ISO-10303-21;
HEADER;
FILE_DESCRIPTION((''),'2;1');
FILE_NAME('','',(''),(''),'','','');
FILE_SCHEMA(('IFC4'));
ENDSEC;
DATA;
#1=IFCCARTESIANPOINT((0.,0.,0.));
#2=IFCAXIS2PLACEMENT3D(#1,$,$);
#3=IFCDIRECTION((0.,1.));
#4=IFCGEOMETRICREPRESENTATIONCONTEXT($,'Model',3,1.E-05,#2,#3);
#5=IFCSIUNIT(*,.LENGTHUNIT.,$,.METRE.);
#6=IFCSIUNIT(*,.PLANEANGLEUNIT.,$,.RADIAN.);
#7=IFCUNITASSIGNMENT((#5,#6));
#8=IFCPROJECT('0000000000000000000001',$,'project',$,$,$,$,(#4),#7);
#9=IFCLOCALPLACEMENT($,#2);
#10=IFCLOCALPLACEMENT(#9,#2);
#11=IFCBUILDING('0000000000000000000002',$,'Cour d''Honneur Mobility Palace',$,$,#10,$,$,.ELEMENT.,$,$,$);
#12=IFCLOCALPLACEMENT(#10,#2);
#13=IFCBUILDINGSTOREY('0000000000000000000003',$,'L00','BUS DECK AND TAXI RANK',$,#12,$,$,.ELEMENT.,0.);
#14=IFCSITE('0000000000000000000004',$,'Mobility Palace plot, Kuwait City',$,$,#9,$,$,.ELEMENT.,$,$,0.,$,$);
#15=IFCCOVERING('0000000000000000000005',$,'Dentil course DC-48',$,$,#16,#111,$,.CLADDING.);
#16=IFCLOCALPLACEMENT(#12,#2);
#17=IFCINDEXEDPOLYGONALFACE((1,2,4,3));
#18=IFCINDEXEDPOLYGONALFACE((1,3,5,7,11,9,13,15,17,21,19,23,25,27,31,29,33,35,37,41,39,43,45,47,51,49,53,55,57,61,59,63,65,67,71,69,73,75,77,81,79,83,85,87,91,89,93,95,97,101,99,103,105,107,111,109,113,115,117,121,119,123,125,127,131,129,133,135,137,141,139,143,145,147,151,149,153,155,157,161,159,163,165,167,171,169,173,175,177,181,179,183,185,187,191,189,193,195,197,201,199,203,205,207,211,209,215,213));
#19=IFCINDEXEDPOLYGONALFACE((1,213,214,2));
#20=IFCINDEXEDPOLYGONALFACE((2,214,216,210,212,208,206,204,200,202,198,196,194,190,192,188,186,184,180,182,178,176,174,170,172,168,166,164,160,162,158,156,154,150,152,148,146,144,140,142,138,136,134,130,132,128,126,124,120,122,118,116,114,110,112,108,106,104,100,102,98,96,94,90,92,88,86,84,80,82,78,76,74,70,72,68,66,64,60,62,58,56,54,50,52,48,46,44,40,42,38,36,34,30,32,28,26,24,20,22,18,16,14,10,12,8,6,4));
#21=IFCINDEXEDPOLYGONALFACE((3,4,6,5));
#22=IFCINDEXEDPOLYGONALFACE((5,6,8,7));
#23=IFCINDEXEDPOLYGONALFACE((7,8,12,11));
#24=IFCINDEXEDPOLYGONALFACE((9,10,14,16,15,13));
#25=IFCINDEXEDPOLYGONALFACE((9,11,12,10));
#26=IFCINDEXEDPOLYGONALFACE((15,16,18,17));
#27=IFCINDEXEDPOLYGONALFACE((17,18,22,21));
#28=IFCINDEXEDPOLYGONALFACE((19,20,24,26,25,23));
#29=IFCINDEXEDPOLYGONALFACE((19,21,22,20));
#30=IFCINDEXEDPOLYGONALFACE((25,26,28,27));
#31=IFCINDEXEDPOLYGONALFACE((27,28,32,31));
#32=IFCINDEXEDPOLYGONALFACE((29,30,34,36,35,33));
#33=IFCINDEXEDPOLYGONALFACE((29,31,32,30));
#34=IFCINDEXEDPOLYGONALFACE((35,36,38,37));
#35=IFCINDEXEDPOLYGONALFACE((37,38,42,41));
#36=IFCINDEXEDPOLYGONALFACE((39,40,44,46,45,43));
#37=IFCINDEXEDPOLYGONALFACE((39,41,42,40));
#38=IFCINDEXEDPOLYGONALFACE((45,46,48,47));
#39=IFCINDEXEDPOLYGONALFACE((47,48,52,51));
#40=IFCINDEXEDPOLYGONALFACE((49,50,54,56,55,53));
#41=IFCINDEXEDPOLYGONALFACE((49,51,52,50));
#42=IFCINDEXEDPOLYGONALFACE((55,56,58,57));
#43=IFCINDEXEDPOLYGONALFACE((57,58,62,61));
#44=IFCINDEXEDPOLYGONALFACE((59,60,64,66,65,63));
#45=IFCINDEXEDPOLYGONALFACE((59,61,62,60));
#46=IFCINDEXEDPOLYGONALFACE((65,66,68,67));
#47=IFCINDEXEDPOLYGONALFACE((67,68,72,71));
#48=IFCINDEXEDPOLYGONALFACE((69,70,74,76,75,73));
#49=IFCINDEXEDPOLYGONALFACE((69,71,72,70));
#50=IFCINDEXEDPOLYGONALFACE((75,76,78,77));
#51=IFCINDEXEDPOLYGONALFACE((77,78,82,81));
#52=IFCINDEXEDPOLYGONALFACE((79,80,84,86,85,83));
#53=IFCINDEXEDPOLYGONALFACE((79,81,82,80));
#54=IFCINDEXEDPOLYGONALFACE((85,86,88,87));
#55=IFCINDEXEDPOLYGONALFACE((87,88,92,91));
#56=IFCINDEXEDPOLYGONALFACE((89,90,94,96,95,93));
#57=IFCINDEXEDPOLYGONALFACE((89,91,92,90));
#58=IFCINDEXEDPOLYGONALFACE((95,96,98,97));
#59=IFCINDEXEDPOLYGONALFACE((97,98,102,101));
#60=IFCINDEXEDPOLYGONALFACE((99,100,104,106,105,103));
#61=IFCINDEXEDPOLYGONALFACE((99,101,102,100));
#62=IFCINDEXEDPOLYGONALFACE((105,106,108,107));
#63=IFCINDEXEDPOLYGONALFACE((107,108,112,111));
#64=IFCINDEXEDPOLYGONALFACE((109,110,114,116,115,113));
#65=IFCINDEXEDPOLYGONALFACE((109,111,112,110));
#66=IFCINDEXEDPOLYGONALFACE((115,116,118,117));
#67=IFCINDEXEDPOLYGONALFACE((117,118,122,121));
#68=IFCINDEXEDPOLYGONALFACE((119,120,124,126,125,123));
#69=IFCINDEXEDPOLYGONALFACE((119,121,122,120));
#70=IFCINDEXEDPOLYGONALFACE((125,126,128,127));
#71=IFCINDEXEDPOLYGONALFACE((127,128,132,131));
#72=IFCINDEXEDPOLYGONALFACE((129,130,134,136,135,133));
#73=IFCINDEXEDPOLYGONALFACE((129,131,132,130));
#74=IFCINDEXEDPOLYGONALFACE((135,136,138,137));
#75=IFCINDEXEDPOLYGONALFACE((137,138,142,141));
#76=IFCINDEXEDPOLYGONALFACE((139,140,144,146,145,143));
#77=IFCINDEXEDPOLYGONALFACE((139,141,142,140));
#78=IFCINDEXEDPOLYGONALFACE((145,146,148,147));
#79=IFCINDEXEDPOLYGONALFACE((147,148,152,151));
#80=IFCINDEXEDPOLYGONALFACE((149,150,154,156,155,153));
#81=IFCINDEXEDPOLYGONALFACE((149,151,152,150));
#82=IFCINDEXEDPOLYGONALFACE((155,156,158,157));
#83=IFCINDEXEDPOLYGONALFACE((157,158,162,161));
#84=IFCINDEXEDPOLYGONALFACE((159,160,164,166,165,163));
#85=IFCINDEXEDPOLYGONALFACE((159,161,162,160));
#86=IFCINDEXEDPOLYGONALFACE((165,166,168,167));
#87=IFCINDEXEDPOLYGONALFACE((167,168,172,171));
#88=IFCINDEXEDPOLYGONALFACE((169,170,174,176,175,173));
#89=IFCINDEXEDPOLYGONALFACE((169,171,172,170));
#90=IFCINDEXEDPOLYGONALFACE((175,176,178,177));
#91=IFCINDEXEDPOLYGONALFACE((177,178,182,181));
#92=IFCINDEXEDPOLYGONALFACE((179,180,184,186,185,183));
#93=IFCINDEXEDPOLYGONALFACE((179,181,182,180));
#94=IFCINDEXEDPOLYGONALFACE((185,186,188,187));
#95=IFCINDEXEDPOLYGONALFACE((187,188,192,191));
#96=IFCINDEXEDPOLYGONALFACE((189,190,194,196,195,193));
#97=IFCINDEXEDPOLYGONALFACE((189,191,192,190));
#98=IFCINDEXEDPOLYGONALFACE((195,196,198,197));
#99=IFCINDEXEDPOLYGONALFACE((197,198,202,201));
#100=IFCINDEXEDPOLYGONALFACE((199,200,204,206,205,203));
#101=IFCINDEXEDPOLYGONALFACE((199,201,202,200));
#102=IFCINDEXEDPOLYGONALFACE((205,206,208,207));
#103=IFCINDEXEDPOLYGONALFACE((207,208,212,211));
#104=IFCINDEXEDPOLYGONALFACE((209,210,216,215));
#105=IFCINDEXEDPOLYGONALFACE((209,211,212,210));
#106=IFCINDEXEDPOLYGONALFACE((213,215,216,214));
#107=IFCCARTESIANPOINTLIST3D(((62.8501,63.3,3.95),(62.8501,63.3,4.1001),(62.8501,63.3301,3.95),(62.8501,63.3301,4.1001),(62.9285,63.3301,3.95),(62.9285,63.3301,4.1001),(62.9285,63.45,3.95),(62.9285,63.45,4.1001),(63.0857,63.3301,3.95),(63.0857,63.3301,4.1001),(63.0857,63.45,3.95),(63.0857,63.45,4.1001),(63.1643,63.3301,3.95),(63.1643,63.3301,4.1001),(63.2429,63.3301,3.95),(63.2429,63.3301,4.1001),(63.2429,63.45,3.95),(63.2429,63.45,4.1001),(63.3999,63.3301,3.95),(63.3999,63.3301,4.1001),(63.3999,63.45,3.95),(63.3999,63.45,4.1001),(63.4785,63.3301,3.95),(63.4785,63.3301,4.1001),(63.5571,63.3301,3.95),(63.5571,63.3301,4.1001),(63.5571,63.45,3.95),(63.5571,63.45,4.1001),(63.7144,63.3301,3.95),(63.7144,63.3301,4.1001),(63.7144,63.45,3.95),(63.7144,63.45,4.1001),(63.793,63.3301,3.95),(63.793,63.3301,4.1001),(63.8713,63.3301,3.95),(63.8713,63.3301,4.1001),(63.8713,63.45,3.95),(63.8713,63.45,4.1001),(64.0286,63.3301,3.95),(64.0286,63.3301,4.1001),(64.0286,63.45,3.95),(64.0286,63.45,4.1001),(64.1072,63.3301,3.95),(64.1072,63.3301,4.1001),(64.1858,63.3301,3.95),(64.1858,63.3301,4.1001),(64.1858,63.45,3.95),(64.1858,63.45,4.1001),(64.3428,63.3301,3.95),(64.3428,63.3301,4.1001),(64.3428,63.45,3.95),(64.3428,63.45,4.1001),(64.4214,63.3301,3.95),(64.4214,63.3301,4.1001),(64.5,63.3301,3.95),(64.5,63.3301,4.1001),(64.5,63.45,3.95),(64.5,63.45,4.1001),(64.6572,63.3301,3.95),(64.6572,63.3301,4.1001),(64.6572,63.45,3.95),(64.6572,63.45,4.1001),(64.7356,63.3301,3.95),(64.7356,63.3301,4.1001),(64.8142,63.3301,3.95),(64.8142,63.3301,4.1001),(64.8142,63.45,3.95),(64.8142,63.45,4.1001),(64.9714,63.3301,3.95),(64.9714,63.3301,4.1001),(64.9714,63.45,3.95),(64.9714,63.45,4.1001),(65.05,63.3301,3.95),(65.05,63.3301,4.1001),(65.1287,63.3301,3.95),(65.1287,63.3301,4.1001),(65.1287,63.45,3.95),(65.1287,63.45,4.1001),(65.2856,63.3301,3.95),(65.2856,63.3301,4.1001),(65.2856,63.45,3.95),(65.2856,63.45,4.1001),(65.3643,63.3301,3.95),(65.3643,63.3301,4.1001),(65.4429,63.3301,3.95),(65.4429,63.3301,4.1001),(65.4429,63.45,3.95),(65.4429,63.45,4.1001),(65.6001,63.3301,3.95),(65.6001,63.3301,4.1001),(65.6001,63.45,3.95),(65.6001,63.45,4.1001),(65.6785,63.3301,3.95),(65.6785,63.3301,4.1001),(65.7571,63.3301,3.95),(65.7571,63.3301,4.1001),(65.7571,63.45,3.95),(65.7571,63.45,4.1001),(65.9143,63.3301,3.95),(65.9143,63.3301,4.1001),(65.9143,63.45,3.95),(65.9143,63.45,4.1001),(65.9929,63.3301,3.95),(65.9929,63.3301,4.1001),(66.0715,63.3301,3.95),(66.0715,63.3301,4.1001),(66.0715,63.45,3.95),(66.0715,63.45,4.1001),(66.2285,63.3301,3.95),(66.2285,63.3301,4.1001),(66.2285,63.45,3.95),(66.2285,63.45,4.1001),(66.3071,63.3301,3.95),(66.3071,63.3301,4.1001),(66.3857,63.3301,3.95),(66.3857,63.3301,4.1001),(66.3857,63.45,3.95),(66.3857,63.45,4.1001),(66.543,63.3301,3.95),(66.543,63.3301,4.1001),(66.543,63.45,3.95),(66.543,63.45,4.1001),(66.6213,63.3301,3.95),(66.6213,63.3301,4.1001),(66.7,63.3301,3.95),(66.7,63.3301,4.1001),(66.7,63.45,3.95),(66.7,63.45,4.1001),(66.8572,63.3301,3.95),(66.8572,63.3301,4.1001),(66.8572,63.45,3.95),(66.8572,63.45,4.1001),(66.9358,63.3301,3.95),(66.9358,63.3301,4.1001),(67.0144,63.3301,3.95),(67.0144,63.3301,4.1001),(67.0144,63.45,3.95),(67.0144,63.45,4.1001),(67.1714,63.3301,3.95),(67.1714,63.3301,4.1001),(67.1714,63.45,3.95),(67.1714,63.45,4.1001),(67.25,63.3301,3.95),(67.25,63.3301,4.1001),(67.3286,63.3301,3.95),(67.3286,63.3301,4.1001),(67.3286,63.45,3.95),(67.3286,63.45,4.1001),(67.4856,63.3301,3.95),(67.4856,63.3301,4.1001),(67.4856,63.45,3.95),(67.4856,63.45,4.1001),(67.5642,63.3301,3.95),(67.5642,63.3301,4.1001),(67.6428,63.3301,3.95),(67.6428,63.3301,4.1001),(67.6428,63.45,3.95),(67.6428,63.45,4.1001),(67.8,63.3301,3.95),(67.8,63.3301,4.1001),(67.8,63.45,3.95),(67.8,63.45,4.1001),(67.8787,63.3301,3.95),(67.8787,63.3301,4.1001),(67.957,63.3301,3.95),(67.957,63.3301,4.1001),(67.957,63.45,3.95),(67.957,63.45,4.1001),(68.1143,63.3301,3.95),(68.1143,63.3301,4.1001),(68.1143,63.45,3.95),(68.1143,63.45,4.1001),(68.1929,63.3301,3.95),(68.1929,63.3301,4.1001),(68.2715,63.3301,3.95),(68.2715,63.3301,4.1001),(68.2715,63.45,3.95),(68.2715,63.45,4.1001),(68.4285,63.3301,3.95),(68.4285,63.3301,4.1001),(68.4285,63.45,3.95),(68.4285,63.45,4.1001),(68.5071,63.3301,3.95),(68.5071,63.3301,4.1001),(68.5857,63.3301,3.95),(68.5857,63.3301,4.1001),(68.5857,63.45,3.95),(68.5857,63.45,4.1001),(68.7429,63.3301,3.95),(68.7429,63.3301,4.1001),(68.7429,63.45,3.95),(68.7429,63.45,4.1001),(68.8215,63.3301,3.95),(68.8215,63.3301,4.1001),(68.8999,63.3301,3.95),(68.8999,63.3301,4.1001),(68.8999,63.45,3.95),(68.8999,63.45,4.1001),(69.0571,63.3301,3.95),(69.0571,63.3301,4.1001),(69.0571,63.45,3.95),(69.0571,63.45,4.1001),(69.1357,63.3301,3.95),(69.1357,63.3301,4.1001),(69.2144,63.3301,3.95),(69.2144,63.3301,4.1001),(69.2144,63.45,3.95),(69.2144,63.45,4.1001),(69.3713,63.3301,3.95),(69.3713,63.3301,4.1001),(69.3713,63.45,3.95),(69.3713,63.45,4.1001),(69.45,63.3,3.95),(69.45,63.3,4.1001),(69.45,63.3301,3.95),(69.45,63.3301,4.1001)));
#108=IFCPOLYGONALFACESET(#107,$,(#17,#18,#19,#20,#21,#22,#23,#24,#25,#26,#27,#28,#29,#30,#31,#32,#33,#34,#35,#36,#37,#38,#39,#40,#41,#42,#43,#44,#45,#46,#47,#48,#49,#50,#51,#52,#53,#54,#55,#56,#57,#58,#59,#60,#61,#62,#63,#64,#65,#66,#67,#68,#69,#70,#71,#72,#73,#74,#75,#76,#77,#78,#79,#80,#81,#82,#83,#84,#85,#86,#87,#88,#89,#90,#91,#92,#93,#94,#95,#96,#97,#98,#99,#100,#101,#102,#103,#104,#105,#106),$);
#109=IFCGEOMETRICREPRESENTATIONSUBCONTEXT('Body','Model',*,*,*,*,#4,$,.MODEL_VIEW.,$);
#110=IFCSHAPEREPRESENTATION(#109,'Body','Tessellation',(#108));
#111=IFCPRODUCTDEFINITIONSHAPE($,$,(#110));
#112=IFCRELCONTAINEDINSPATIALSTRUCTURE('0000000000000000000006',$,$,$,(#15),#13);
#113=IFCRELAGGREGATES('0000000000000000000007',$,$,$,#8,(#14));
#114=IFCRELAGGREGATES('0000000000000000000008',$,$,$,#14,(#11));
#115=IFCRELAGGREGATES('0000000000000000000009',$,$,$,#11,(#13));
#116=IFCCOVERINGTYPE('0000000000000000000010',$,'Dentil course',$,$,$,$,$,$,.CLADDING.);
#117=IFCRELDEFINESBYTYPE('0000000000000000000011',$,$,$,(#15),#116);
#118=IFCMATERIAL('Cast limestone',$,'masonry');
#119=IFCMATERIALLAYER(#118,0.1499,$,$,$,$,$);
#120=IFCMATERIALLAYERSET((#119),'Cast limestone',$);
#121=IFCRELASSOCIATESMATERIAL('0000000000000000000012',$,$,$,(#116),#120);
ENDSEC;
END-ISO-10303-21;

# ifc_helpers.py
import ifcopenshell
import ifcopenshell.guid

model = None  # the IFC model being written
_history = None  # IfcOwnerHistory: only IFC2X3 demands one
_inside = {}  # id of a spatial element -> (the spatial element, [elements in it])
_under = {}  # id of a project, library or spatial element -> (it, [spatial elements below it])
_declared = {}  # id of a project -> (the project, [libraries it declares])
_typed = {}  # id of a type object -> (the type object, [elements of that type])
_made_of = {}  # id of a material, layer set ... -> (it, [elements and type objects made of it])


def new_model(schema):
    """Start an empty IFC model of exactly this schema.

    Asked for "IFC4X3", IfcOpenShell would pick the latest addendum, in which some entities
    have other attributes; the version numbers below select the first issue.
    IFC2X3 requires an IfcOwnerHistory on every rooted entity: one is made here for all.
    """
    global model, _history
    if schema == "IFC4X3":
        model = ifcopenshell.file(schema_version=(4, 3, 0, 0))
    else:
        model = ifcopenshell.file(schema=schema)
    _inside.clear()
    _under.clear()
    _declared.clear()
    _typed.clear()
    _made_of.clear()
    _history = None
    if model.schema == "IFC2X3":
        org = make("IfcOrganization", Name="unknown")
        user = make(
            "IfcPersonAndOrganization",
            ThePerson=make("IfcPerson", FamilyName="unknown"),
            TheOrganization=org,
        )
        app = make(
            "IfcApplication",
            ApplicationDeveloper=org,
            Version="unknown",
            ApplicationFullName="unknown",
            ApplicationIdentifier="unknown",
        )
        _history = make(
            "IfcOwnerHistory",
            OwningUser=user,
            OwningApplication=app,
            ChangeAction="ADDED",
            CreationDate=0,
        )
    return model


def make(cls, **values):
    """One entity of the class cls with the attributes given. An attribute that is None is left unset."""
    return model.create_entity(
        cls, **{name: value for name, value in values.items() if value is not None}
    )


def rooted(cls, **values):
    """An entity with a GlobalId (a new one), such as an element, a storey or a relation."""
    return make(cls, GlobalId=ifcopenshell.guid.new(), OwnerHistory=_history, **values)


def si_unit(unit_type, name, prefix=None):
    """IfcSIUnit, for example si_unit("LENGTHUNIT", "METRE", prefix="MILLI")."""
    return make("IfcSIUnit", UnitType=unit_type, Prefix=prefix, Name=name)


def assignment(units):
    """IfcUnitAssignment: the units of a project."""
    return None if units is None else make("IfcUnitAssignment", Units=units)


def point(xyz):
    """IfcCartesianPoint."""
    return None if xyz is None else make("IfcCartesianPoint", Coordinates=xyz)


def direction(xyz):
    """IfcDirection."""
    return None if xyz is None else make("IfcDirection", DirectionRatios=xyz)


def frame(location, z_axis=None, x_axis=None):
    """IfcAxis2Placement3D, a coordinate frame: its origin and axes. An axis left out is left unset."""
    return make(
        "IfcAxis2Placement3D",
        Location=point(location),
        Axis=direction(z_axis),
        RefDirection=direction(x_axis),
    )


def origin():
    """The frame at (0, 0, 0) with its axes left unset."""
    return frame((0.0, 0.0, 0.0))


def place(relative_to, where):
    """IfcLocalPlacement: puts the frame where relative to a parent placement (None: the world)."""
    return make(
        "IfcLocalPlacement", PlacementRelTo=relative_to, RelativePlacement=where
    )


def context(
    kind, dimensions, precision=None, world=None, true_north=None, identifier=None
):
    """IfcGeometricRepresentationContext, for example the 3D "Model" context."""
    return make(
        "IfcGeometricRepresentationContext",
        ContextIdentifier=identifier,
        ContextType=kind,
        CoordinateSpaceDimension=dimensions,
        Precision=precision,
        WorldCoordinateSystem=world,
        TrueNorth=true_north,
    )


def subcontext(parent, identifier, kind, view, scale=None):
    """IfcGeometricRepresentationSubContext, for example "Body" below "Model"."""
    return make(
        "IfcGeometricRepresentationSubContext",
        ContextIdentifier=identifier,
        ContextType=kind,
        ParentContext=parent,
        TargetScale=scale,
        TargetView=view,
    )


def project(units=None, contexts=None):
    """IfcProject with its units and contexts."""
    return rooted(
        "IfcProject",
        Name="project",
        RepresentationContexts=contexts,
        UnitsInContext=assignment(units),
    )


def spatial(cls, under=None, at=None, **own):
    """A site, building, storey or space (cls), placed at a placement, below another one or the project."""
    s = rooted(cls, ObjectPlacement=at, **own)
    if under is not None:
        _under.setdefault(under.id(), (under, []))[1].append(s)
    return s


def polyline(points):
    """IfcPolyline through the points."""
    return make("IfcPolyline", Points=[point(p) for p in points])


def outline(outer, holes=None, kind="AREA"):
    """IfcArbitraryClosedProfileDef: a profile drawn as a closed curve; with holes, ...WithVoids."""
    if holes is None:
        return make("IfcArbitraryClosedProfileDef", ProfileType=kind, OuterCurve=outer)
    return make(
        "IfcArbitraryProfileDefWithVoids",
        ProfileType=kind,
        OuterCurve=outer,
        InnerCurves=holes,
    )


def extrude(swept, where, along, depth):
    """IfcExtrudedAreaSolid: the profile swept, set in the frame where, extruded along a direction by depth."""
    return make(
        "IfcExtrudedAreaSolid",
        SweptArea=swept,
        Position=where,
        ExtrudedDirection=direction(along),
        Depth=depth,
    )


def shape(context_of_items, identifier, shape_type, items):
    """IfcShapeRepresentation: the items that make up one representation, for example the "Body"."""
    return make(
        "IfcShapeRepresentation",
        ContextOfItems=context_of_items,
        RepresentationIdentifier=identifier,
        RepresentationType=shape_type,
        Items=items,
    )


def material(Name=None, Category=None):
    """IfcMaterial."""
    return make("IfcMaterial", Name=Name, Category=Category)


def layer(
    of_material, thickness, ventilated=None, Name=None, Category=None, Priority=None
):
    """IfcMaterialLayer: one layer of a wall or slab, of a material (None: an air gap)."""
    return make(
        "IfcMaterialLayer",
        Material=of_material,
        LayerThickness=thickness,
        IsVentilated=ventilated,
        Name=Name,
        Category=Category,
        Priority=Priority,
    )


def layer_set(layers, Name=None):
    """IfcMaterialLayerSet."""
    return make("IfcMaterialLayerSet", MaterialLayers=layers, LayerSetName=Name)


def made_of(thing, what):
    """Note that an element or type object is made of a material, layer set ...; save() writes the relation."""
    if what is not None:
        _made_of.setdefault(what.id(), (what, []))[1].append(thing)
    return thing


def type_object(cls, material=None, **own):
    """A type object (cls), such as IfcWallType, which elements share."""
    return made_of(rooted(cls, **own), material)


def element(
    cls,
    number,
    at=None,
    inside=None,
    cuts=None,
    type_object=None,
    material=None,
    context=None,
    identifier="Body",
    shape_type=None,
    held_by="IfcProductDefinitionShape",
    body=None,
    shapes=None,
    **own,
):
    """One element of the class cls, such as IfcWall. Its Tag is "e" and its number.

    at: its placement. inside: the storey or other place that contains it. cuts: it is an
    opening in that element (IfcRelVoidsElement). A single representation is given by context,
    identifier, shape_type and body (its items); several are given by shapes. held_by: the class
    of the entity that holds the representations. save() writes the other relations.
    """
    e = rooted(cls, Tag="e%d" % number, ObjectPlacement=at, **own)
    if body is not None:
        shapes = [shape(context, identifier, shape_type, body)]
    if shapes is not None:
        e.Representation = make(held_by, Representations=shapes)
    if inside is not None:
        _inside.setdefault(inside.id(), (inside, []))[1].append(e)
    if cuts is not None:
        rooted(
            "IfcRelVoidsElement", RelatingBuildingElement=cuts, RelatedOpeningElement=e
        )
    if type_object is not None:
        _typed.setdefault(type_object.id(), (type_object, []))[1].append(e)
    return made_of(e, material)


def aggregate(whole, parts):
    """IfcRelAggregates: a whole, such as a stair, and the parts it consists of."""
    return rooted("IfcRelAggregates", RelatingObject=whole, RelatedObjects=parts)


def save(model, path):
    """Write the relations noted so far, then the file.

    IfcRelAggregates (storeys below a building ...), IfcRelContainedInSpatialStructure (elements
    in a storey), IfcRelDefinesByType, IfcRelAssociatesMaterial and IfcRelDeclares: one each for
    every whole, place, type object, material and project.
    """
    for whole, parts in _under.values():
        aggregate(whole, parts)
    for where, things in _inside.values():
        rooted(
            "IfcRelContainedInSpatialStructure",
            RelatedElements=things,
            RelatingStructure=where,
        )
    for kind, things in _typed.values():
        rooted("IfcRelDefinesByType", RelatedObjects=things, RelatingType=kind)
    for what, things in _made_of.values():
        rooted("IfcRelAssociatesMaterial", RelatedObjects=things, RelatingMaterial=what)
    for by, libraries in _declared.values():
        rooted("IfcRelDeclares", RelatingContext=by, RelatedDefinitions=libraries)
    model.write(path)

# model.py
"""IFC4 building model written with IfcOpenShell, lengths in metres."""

from ifc_helpers import new_model, si_unit, direction, frame, origin, place, context, subcontext, project, spatial, polyline, outline, extrude, material, layer, layer_set, type_object, element, save


model = new_model("IFC4")

# Units and contexts
model_context = context("Model", 3, precision=1e-05, world=origin(), true_north=direction((0.0, 1.0)))
body_context = subcontext(model_context, "Body", "Model", "MODEL_VIEW")
ifc_project = project(units=[si_unit("LENGTHUNIT", "METRE"), si_unit("PLANEANGLEUNIT", "RADIAN")], contexts=[model_context])

# Site, building, storey
site_placement = place(None, origin())
site = spatial("IfcSite", under=ifc_project, at=site_placement, Name="Mobility Palace plot, Kuwait City", CompositionType="ELEMENT", RefElevation=0.0)
building_placement = place(site_placement, origin())
building = spatial("IfcBuilding", under=site, at=building_placement, Name="Cour d'Honneur Mobility Palace", CompositionType="ELEMENT")
storey_placement = place(building_placement, origin())
storey = spatial("IfcBuildingStorey", under=building, at=storey_placement, Name="L00", Description="BUS DECK AND TAXI RANK", CompositionType="ELEMENT", Elevation=0.0)

# Covering
ifc_material = material(Name="Cast limestone", Category="masonry")
ifc_layer = layer(ifc_material, 0.1499)
ifc_layer_set = layer_set([ifc_layer], Name="Cast limestone")
covering_type = type_object("IfcCoveringType", Name="Dentil course", PredefinedType="CLADDING", material=ifc_layer_set)
covering_1_placement = place(storey_placement, frame((0.0, 0.0, 3.95)))
element("IfcCovering", 1, at=covering_1_placement, inside=storey, type_object=covering_type, Name="Dentil course DC-48", PredefinedType="CLADDING", context=body_context, shape_type="SweptSolid", body=[
    extrude(outline(polyline([(69.45, 63.3), (62.8501, 63.3), (62.8501, 63.3301), (62.8501, 63.3301), (62.9285, 63.3301), (62.9285, 63.45), (63.0857, 63.45), (63.0857, 63.3301), (63.1643, 63.3301), (63.1643, 63.3301), (63.2429, 63.3301), (63.2429, 63.45), (63.3999, 63.45), (63.3999, 63.3301), (63.4785, 63.3301), (63.4785, 63.3301), (63.5571, 63.3301), (63.5571, 63.45), (63.7144, 63.45), (63.7144, 63.3301), (63.793, 63.3301), (63.793, 63.3301), (63.8713, 63.3301), (63.8713, 63.45), (64.0286, 63.45), (64.0286, 63.3301), (64.1072, 63.3301), (64.1072, 63.3301), (64.1858, 63.3301), (64.1858, 63.45), (64.3428, 63.45), (64.3428, 63.3301), (64.4214, 63.3301), (64.4214, 63.3301), (64.5, 63.3301), (64.5, 63.45), (64.6572, 63.45), (64.6572, 63.3301), (64.7356, 63.3301), (64.7356, 63.3301), (64.8142, 63.3301), (64.8142, 63.45), (64.9714, 63.45), (64.9714, 63.3301), (65.05, 63.3301), (65.05, 63.3301), (65.1287, 63.3301), (65.1287, 63.45), (65.2856, 63.45), (65.2856, 63.3301), (65.3643, 63.3301), (65.3643, 63.3301), (65.4429, 63.3301), (65.4429, 63.45), (65.6001, 63.45), (65.6001, 63.3301), (65.6785, 63.3301), (65.6785, 63.3301), (65.7571, 63.3301), (65.7571, 63.45), (65.9143, 63.45), (65.9143, 63.3301), (65.9929, 63.3301), (65.9929, 63.3301), (66.0715, 63.3301), (66.0715, 63.45), (66.2285, 63.45), (66.2285, 63.3301), (66.3071, 63.3301), (66.3071, 63.3301), (66.3857, 63.3301), (66.3857, 63.45), (66.543, 63.45), (66.543, 63.3301), (66.6213, 63.3301), (66.6213, 63.3301), (66.7, 63.3301), (66.7, 63.45), (66.8572, 63.45), (66.8572, 63.3301), (66.9358, 63.3301), (66.9358, 63.3301), (67.0144, 63.3301), (67.0144, 63.45), (67.1714, 63.45), (67.1714, 63.3301), (67.25, 63.3301), (67.25, 63.3301), (67.3286, 63.3301), (67.3286, 63.45), (67.4856, 63.45), (67.4856, 63.3301), (67.5642, 63.3301), (67.5642, 63.3301), (67.6428, 63.3301), (67.6428, 63.45), (67.8, 63.45), (67.8, 63.3301), (67.8787, 63.3301), (67.8787, 63.3301), (67.957, 63.3301), (67.957, 63.45), (68.1143, 63.45), (68.1143, 63.3301), (68.1929, 63.3301), (68.1929, 63.3301), (68.2715, 63.3301), (68.2715, 63.45), (68.4285, 63.45), (68.4285, 63.3301), (68.5071, 63.3301), (68.5071, 63.3301), (68.5857, 63.3301), (68.5857, 63.45), (68.7429, 63.45), (68.7429, 63.3301), (68.8215, 63.3301), (68.8215, 63.3301), (68.8999, 63.3301), (68.8999, 63.45), (69.0571, 63.45), (69.0571, 63.3301), (69.1357, 63.3301), (69.1357, 63.3301), (69.2144, 63.3301), (69.2144, 63.45), (69.3713, 63.45), (69.3713, 63.3301), (69.45, 63.3301), (69.45, 63.3)])), origin(), (0.0, 0.0, 1.0), 0.1501),
])

save(model, "model.ifc")
